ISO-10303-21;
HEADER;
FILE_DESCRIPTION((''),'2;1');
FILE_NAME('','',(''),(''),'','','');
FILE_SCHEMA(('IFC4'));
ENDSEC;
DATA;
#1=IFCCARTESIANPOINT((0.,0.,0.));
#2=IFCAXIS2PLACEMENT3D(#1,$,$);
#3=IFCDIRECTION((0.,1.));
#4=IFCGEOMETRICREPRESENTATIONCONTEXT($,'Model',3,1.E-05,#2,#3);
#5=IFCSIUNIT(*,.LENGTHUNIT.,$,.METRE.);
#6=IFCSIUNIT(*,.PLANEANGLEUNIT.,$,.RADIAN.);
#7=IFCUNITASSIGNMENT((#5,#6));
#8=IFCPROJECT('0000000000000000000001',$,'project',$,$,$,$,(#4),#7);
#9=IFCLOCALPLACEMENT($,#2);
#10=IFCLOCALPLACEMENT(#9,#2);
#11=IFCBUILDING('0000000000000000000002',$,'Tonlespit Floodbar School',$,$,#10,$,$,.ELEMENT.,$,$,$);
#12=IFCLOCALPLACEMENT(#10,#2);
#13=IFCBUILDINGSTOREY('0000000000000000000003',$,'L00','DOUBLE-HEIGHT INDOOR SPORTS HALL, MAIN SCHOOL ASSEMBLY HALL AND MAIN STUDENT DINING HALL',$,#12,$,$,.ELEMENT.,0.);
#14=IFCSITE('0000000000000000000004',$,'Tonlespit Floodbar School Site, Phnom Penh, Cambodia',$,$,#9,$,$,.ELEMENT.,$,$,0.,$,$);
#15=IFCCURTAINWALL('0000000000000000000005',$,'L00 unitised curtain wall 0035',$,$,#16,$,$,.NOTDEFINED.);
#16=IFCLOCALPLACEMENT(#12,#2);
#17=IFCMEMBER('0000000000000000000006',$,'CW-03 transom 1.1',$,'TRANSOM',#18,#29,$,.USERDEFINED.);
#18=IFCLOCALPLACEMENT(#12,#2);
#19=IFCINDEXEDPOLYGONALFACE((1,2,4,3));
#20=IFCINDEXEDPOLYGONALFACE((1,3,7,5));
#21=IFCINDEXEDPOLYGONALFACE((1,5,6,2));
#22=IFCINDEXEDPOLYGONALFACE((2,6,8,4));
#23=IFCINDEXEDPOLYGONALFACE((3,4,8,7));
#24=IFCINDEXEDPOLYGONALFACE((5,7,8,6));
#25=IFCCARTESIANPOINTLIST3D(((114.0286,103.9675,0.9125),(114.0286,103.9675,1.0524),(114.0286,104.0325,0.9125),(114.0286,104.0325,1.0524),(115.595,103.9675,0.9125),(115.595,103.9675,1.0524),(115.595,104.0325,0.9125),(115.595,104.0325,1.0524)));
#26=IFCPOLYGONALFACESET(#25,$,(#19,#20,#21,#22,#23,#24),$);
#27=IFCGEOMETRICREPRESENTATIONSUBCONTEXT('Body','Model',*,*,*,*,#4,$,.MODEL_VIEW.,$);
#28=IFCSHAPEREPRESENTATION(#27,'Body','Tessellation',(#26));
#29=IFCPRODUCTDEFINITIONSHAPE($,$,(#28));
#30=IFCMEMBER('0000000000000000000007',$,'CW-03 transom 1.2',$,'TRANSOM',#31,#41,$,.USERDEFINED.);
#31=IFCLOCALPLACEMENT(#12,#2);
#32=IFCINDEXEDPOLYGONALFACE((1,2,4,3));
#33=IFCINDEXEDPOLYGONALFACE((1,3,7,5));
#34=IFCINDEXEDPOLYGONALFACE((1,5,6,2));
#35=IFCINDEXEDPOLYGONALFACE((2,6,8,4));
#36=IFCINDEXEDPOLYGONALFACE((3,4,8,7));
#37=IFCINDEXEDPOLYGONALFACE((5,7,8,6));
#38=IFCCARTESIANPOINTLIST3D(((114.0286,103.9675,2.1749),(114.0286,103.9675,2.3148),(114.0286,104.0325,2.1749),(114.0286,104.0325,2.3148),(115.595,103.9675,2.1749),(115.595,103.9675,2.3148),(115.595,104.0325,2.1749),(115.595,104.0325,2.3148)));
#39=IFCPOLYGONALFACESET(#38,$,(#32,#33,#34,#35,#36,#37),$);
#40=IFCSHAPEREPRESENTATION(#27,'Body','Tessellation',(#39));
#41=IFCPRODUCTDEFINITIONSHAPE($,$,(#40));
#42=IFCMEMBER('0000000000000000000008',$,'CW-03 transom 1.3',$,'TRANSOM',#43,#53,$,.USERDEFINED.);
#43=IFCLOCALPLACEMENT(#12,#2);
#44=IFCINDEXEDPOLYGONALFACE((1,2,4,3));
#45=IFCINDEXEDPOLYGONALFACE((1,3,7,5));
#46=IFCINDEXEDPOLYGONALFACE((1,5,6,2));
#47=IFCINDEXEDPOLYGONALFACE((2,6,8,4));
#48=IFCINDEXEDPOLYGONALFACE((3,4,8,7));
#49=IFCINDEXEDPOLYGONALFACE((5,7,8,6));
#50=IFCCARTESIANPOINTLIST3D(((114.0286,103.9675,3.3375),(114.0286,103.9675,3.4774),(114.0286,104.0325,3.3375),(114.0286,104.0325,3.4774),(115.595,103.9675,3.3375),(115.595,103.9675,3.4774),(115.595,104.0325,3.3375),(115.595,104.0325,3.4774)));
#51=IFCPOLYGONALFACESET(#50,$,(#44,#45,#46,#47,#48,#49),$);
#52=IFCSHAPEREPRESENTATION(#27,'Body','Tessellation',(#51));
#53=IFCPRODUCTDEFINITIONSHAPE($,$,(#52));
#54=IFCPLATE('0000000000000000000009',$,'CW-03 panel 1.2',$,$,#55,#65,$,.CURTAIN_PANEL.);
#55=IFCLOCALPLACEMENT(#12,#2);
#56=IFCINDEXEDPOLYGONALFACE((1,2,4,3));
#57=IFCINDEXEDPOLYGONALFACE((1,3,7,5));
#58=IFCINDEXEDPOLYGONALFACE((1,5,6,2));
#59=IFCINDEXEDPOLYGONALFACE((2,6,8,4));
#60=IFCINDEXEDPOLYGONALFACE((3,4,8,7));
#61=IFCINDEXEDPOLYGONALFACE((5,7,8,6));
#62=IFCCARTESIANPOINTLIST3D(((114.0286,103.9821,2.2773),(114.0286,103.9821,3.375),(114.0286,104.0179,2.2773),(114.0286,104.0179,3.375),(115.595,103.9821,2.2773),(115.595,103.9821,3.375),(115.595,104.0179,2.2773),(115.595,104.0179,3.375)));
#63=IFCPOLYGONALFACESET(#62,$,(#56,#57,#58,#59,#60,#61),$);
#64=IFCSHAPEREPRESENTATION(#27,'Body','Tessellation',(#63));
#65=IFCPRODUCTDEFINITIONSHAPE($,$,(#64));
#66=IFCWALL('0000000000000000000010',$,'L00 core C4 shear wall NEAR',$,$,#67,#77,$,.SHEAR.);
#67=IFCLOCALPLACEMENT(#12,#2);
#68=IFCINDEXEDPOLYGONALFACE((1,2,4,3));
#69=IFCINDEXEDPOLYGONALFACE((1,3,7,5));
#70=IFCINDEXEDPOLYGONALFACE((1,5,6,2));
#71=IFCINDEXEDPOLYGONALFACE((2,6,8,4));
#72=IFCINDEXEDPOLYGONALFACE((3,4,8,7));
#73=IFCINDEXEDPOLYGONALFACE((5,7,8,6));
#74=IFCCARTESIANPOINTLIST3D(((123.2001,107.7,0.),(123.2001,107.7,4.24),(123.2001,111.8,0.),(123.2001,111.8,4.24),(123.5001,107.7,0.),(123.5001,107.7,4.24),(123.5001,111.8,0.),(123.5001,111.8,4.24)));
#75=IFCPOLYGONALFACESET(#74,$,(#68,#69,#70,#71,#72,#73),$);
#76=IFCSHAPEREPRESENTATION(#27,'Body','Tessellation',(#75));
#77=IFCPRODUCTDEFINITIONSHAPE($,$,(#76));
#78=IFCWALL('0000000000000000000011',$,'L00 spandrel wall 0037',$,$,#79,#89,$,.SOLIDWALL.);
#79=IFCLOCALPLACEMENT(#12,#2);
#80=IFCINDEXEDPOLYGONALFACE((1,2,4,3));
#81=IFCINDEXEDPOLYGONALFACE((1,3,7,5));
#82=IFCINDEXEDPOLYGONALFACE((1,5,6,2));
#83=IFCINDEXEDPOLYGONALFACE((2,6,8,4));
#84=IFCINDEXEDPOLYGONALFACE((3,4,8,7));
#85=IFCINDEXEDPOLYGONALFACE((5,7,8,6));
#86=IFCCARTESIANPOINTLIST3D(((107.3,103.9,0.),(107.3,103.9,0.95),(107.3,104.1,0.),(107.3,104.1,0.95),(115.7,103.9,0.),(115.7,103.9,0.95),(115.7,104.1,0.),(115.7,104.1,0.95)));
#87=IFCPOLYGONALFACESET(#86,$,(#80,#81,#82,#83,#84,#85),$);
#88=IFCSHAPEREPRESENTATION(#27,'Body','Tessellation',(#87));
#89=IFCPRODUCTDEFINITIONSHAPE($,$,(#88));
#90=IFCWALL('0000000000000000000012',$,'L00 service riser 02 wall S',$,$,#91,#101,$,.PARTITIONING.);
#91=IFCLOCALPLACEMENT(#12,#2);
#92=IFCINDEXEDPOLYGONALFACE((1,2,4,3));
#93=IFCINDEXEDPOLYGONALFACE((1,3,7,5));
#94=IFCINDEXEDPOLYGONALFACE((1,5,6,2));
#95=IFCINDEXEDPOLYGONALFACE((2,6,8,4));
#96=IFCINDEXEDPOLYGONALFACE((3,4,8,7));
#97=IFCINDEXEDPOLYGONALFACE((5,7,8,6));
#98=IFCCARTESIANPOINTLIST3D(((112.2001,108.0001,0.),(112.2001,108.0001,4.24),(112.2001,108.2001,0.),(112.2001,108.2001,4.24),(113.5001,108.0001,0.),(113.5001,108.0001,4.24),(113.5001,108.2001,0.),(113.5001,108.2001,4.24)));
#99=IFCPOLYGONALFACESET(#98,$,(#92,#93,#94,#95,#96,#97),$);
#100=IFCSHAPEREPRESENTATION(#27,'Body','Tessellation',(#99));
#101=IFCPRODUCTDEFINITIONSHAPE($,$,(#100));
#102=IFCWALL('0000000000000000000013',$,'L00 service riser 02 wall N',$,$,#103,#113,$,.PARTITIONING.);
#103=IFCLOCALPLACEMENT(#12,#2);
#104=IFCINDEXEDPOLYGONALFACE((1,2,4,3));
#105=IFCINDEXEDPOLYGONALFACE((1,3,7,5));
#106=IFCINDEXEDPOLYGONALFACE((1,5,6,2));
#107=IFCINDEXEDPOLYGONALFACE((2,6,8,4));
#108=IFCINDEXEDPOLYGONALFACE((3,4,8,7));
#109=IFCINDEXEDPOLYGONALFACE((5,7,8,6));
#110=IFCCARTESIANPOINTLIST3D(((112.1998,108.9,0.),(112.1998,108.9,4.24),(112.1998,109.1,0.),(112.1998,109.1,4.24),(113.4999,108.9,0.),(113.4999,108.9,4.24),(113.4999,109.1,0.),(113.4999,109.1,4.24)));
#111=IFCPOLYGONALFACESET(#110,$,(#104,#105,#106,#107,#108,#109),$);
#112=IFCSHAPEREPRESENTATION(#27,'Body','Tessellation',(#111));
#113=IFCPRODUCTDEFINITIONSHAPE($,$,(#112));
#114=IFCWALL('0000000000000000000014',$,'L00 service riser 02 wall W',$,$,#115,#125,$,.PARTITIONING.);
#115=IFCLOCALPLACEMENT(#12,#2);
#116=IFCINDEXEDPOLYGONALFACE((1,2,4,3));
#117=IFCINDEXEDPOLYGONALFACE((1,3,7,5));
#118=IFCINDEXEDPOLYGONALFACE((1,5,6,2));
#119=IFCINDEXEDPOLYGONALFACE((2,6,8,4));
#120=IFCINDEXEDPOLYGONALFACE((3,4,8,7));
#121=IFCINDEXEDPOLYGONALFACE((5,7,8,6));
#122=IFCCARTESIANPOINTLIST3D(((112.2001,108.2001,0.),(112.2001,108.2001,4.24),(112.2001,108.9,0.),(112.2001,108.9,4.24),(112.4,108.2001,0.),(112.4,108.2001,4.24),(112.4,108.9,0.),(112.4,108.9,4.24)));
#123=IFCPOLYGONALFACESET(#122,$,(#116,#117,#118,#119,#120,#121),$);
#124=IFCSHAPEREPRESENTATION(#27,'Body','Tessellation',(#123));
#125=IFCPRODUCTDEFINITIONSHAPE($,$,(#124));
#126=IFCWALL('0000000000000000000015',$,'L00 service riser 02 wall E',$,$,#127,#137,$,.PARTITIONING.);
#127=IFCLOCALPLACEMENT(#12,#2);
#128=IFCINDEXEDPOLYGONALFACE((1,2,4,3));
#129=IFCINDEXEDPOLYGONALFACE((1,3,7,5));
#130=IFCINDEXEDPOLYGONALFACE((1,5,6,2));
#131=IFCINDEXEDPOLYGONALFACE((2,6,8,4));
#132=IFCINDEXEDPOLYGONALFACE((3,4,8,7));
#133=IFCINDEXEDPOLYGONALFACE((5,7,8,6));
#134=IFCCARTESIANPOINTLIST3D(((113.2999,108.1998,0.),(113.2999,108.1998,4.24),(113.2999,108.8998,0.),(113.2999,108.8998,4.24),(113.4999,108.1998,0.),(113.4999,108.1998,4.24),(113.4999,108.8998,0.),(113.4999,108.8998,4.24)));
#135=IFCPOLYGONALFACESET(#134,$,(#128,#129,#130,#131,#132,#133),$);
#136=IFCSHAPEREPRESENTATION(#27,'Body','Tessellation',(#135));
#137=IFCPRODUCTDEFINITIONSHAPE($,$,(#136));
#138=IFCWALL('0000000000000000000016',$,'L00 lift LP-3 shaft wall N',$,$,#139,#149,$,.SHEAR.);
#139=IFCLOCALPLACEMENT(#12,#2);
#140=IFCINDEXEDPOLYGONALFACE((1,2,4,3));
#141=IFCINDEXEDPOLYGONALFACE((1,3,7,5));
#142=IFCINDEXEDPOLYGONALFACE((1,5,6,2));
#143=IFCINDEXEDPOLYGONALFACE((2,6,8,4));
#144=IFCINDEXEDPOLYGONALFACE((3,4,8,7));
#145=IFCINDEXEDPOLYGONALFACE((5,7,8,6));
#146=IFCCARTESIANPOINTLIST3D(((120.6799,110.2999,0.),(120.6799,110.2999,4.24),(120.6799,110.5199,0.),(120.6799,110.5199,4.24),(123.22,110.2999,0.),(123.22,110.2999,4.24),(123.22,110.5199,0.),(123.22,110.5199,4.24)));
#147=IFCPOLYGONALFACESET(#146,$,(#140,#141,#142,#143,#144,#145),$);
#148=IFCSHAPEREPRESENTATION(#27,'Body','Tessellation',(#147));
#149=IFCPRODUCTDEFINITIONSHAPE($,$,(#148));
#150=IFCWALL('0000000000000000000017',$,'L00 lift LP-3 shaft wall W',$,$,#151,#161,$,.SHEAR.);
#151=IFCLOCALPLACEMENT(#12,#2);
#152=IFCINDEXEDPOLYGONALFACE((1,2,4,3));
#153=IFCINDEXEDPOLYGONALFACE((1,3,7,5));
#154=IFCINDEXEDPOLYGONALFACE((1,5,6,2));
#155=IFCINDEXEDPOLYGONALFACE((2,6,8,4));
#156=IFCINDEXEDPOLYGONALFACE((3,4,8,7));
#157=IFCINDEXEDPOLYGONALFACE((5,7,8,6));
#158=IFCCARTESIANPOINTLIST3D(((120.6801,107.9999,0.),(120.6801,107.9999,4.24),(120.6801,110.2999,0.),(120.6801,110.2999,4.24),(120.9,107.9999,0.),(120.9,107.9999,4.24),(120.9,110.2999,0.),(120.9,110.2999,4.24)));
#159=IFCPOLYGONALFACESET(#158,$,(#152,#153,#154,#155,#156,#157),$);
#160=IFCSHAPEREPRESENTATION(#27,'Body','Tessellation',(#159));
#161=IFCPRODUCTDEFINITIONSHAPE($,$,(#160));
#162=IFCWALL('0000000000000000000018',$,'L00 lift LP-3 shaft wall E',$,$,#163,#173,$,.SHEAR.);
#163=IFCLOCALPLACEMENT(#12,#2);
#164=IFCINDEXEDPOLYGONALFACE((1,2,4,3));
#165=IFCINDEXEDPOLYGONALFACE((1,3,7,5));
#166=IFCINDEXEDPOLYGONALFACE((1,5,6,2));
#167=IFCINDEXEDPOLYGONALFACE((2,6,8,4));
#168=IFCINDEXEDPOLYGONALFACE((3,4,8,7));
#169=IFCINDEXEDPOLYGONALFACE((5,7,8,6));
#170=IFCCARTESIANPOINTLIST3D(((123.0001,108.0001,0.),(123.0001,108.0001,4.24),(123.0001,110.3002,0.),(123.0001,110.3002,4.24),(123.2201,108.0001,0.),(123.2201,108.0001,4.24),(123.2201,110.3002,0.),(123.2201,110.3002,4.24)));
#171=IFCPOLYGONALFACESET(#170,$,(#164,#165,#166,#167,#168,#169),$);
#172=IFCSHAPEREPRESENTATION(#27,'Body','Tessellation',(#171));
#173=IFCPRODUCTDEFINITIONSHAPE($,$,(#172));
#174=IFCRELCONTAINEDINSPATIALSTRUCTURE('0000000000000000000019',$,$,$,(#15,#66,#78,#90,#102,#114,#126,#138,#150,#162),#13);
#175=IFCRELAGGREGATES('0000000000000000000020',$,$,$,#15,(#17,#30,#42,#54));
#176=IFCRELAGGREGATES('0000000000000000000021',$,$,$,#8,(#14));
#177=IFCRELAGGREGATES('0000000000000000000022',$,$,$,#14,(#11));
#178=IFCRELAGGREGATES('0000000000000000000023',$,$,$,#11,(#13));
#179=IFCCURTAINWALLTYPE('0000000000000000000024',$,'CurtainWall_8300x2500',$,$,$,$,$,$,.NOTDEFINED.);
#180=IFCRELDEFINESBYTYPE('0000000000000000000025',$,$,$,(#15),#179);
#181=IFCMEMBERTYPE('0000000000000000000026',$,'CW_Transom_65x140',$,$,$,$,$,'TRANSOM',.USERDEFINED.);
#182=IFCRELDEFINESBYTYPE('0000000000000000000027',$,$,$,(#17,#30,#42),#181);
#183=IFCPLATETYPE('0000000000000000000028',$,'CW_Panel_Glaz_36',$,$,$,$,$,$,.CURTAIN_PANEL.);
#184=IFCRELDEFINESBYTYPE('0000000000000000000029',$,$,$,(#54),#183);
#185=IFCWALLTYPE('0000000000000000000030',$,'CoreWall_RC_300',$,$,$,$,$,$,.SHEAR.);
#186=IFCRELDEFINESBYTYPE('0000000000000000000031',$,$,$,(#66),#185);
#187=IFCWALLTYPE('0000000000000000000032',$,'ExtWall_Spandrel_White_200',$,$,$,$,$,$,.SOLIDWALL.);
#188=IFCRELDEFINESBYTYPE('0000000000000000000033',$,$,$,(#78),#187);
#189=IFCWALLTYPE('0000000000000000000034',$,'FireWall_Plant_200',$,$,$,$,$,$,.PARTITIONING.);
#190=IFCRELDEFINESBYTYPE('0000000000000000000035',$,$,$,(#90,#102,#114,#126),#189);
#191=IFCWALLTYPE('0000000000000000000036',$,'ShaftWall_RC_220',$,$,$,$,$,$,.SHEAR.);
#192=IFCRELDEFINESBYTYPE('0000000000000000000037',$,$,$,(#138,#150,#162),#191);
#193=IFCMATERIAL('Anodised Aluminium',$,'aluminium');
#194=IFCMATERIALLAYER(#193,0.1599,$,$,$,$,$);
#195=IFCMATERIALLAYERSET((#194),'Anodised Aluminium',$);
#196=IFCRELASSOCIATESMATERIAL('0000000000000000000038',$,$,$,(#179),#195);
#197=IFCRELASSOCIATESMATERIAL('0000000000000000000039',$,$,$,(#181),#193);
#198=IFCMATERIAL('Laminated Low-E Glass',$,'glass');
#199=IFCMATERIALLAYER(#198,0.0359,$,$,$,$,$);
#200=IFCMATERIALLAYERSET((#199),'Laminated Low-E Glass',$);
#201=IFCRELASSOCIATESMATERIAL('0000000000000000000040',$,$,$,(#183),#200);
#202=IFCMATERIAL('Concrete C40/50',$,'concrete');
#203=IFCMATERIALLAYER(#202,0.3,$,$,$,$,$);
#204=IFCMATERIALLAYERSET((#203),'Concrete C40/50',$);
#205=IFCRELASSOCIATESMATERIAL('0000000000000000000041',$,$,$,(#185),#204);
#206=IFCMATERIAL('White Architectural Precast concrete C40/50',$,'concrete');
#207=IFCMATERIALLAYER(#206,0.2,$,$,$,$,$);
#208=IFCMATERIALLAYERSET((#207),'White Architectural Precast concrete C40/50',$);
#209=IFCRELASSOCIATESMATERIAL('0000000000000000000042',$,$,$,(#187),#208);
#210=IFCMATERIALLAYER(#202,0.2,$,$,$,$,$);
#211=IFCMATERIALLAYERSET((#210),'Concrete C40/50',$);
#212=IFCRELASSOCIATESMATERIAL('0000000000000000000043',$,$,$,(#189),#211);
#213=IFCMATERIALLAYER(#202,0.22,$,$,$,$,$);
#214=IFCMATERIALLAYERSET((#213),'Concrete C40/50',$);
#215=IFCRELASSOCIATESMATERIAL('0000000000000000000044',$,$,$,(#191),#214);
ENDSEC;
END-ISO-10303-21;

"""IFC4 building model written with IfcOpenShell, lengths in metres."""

from ifc_helpers import new_model, si_unit, direction, frame, frame_2d, origin, origin_2d, place, context, subcontext, project, spatial, rectangle, extrude, material, layer, layer_set, material_profile, profile_set, type_object, element, aggregate, save


model = new_model("IFC4")

# Units and contexts
model_context = context("Model", 3, precision=1e-05, world=origin(), true_north=direction((0.0, 1.0)))
body_context = subcontext(model_context, "Body", "Model", "MODEL_VIEW")
ifc_project = project(units=[si_unit("LENGTHUNIT", "METRE"), si_unit("PLANEANGLEUNIT", "RADIAN")], contexts=[model_context])

# Site, building, storey
site_placement = place(None, origin())
site = spatial("IfcSite", under=ifc_project, at=site_placement, Name="Tonlespit Floodbar School Site, Phnom Penh, Cambodia", CompositionType="ELEMENT", RefElevation=0.0)
building_placement = place(site_placement, origin())
building = spatial("IfcBuilding", under=site, at=building_placement, Name="Tonlespit Floodbar School", CompositionType="ELEMENT")
storey_placement = place(building_placement, origin())
storey = spatial("IfcBuildingStorey", under=building, at=storey_placement, Name="L00", Description="DOUBLE-HEIGHT INDOOR SPORTS HALL, MAIN SCHOOL ASSEMBLY HALL AND MAIN STUDENT DINING HALL", CompositionType="ELEMENT", Elevation=0.0)

# Shared definitions
ifc_material_1 = material(Name="Concrete C40/50", Category="concrete")

# Curtain wall, members, plate
ifc_material_2 = material(Name="Anodised Aluminium", Category="aluminium")
ifc_layer_1 = layer(ifc_material_2, 0.1599)
ifc_layer_set_1 = layer_set([ifc_layer_1], Name="Anodised Aluminium")
curtain_wall_type = type_object("IfcCurtainWallType", Name="CurtainWall_8300x2500", PredefinedType="NOTDEFINED", material=ifc_layer_set_1)
curtain_wall_placement = place(storey_placement, origin())
curtain_wall = element("IfcCurtainWall", 1, at=curtain_wall_placement, inside=storey, type_object=curtain_wall_type, Name="L00 unitised curtain wall 0035", PredefinedType="NOTDEFINED")
ifc_material_profile_1 = material_profile(ifc_material_2, rectangle(XDim=0.0649, YDim=0.1399, at=origin_2d()), Name="ALU T65x140")
ifc_profile_set_1 = profile_set([ifc_material_profile_1], Name="Anodised Aluminium")
member_type_1 = type_object("IfcMemberType", Name="CW_Transom_65x140", ElementType="TRANSOM", PredefinedType="USERDEFINED", material=ifc_profile_set_1)
member_1_placement = place(storey_placement, frame((115.595, 104.0, 0.9824), z_axis=(-1.0, 0.0, 0.0), x_axis=(0.0, -1.0, 0.0)))
member_1 = element("IfcMember", 2, at=member_1_placement, type_object=member_type_1, Name="CW-03 transom 1.1", ObjectType="TRANSOM", PredefinedType="USERDEFINED", context=body_context, shape_type="SweptSolid", body=[
    extrude(rectangle(XDim=0.0649, YDim=0.1399, at=origin_2d()), origin(), (0.0, 0.0, 1.0), 1.5664),
])
member_2_placement = place(storey_placement, frame((115.595, 104.0, 2.2449), z_axis=(-1.0, 0.0, 0.0), x_axis=(0.0, -1.0, 0.0)))
member_2 = element("IfcMember", 3, at=member_2_placement, type_object=member_type_1, Name="CW-03 transom 1.2", ObjectType="TRANSOM", PredefinedType="USERDEFINED", context=body_context, shape_type="SweptSolid", body=[
    extrude(rectangle(XDim=0.0649, YDim=0.1399, at=origin_2d()), origin(), (0.0, 0.0, 1.0), 1.5664),
])
member_3_placement = place(storey_placement, frame((115.595, 104.0, 3.4075), z_axis=(-1.0, 0.0, 0.0), x_axis=(0.0, -1.0, 0.0)))
member_3 = element("IfcMember", 4, at=member_3_placement, type_object=member_type_1, Name="CW-03 transom 1.3", ObjectType="TRANSOM", PredefinedType="USERDEFINED", context=body_context, shape_type="SweptSolid", body=[
    extrude(rectangle(XDim=0.0649, YDim=0.1399, at=origin_2d()), origin(), (0.0, 0.0, 1.0), 1.5664),
])
ifc_material_3 = material(Name="Laminated Low-E Glass", Category="glass")
ifc_layer_2 = layer(ifc_material_3, 0.0359)
ifc_layer_set_2 = layer_set([ifc_layer_2], Name="Laminated Low-E Glass")
plate_type = type_object("IfcPlateType", Name="CW_Panel_Glaz_36", PredefinedType="CURTAIN_PANEL", material=ifc_layer_set_2)
plate_placement = place(storey_placement, frame((114.8118, 104.0, 2.2773), z_axis=(0.0, 0.0, 1.0), x_axis=(-1.0, 0.0, 0.0)))
plate = element("IfcPlate", 5, at=plate_placement, type_object=plate_type, Name="CW-03 panel 1.2", PredefinedType="CURTAIN_PANEL", context=body_context, shape_type="SweptSolid", body=[
    extrude(rectangle(XDim=1.5664, YDim=0.0359, at=origin_2d()), origin(), (0.0, 0.0, 1.0), 1.0977),
])
aggregate(curtain_wall, [member_1, member_2, member_3, plate])

# Wall
ifc_layer_3 = layer(ifc_material_1, 0.3)
ifc_layer_set_3 = layer_set([ifc_layer_3], Name="Concrete C40/50")
wall_type_1 = type_object("IfcWallType", Name="CoreWall_RC_300", PredefinedType="SHEAR", material=ifc_layer_set_3)
wall_1_placement = place(storey_placement, frame((123.3501, 107.7, 0.0), z_axis=(0.0, 0.0, 1.0), x_axis=(0.0, 1.0, 0.0)))
element("IfcWall", 6, at=wall_1_placement, inside=storey, type_object=wall_type_1, Name="L00 core C4 shear wall NEAR", PredefinedType="SHEAR", context=body_context, shape_type="SweptSolid", body=[
    extrude(rectangle(XDim=4.1001, YDim=0.3, at=frame_2d((2.05, 0.0))), origin(), (0.0, 0.0, 1.0), 4.24),
])

# Walls
ifc_material_4 = material(Name="White Architectural Precast concrete C40/50", Category="concrete")
ifc_layer_4 = layer(ifc_material_4, 0.2)
ifc_layer_set_4 = layer_set([ifc_layer_4], Name="White Architectural Precast concrete C40/50")
wall_type_2 = type_object("IfcWallType", Name="ExtWall_Spandrel_White_200", PredefinedType="SOLIDWALL", material=ifc_layer_set_4)
wall_2_placement = place(storey_placement, frame((115.7, 104.0, 0.0), z_axis=(0.0, 0.0, 1.0), x_axis=(-1.0, 0.0, 0.0)))
element("IfcWall", 7, at=wall_2_placement, inside=storey, type_object=wall_type_2, Name="L00 spandrel wall 0037", PredefinedType="SOLIDWALL", context=body_context, shape_type="SweptSolid", body=[
    extrude(rectangle(XDim=8.3999, YDim=0.2, at=frame_2d((4.2, 0.0))), origin(), (0.0, 0.0, 1.0), 0.95),
])
ifc_layer_5 = layer(ifc_material_1, 0.2)
ifc_layer_set_5 = layer_set([ifc_layer_5], Name="Concrete C40/50")
wall_type_3 = type_object("IfcWallType", Name="FireWall_Plant_200", PredefinedType="PARTITIONING", material=ifc_layer_set_5)
for number, where, z_axis, x_axis, name in (
    (8, (113.5, 108.1001, 0.0), (0.0, 0.0, 1.0), (-1.0, 0.0, 0.0), "L00 service riser 02 wall S"),
    (9, (112.2, 109.0, 0.0), (0.0, 0.0, 1.0), (1.0, 0.0, 0.0), "L00 service riser 02 wall N"),
):
    element("IfcWall", number, at=place(storey_placement, frame(where, z_axis=z_axis, x_axis=x_axis)), inside=storey, type_object=wall_type_3, Name=name, PredefinedType="PARTITIONING", context=body_context, shape_type="SweptSolid", body=[
        extrude(rectangle(XDim=1.3, YDim=0.2, at=frame_2d((0.6499, 0.0))), origin(), (0.0, 0.0, 1.0), 4.24),
    ])
for number, where, z_axis, x_axis, name in (
    (10, (112.3, 108.2, 0.0), (0.0, 0.0, 1.0), (0.0, 1.0, 0.0), "L00 service riser 02 wall W"),
    (11, (113.3999, 108.8999, 0.0), (0.0, 0.0, 1.0), (0.0, -1.0, 0.0), "L00 service riser 02 wall E"),
):
    element("IfcWall", number, at=place(storey_placement, frame(where, z_axis=z_axis, x_axis=x_axis)), inside=storey, type_object=wall_type_3, Name=name, PredefinedType="PARTITIONING", context=body_context, shape_type="SweptSolid", body=[
        extrude(rectangle(XDim=0.7, YDim=0.2, at=frame_2d((0.3501, 0.0))), origin(), (0.0, 0.0, 1.0), 4.24),
    ])

# Shared definitions
ifc_layer_6 = layer(ifc_material_1, 0.22)
ifc_layer_set_6 = layer_set([ifc_layer_6], Name="Concrete C40/50")
wall_type_4 = type_object("IfcWallType", Name="ShaftWall_RC_220", PredefinedType="SHEAR", material=ifc_layer_set_6)

# Walls
wall_3_placement = place(storey_placement, frame((120.6799, 110.4099, 0.0), z_axis=(0.0, 0.0, 1.0), x_axis=(1.0, 0.0, 0.0)))
element("IfcWall", 12, at=wall_3_placement, inside=storey, type_object=wall_type_4, Name="L00 lift LP-3 shaft wall N", PredefinedType="SHEAR", context=body_context, shape_type="SweptSolid", body=[
    extrude(rectangle(XDim=2.54, YDim=0.22, at=frame_2d((1.27, 0.0))), origin(), (0.0, 0.0, 1.0), 4.24),
])
for number, where, z_axis, x_axis, name in (
    (13, (120.79, 108.0, 0.0), (0.0, 0.0, 1.0), (0.0, 1.0, 0.0), "L00 lift LP-3 shaft wall W"),
    (14, (123.1101, 110.3, 0.0), (0.0, 0.0, 1.0), (0.0, -1.0, 0.0), "L00 lift LP-3 shaft wall E"),
):
    element("IfcWall", number, at=place(storey_placement, frame(where, z_axis=z_axis, x_axis=x_axis)), inside=storey, type_object=wall_type_4, Name=name, PredefinedType="SHEAR", context=body_context, shape_type="SweptSolid", body=[
        extrude(rectangle(XDim=2.3, YDim=0.22, at=frame_2d((1.1499, 0.0))), origin(), (0.0, 0.0, 1.0), 4.24),
    ])

save(model, "model.ifc")
